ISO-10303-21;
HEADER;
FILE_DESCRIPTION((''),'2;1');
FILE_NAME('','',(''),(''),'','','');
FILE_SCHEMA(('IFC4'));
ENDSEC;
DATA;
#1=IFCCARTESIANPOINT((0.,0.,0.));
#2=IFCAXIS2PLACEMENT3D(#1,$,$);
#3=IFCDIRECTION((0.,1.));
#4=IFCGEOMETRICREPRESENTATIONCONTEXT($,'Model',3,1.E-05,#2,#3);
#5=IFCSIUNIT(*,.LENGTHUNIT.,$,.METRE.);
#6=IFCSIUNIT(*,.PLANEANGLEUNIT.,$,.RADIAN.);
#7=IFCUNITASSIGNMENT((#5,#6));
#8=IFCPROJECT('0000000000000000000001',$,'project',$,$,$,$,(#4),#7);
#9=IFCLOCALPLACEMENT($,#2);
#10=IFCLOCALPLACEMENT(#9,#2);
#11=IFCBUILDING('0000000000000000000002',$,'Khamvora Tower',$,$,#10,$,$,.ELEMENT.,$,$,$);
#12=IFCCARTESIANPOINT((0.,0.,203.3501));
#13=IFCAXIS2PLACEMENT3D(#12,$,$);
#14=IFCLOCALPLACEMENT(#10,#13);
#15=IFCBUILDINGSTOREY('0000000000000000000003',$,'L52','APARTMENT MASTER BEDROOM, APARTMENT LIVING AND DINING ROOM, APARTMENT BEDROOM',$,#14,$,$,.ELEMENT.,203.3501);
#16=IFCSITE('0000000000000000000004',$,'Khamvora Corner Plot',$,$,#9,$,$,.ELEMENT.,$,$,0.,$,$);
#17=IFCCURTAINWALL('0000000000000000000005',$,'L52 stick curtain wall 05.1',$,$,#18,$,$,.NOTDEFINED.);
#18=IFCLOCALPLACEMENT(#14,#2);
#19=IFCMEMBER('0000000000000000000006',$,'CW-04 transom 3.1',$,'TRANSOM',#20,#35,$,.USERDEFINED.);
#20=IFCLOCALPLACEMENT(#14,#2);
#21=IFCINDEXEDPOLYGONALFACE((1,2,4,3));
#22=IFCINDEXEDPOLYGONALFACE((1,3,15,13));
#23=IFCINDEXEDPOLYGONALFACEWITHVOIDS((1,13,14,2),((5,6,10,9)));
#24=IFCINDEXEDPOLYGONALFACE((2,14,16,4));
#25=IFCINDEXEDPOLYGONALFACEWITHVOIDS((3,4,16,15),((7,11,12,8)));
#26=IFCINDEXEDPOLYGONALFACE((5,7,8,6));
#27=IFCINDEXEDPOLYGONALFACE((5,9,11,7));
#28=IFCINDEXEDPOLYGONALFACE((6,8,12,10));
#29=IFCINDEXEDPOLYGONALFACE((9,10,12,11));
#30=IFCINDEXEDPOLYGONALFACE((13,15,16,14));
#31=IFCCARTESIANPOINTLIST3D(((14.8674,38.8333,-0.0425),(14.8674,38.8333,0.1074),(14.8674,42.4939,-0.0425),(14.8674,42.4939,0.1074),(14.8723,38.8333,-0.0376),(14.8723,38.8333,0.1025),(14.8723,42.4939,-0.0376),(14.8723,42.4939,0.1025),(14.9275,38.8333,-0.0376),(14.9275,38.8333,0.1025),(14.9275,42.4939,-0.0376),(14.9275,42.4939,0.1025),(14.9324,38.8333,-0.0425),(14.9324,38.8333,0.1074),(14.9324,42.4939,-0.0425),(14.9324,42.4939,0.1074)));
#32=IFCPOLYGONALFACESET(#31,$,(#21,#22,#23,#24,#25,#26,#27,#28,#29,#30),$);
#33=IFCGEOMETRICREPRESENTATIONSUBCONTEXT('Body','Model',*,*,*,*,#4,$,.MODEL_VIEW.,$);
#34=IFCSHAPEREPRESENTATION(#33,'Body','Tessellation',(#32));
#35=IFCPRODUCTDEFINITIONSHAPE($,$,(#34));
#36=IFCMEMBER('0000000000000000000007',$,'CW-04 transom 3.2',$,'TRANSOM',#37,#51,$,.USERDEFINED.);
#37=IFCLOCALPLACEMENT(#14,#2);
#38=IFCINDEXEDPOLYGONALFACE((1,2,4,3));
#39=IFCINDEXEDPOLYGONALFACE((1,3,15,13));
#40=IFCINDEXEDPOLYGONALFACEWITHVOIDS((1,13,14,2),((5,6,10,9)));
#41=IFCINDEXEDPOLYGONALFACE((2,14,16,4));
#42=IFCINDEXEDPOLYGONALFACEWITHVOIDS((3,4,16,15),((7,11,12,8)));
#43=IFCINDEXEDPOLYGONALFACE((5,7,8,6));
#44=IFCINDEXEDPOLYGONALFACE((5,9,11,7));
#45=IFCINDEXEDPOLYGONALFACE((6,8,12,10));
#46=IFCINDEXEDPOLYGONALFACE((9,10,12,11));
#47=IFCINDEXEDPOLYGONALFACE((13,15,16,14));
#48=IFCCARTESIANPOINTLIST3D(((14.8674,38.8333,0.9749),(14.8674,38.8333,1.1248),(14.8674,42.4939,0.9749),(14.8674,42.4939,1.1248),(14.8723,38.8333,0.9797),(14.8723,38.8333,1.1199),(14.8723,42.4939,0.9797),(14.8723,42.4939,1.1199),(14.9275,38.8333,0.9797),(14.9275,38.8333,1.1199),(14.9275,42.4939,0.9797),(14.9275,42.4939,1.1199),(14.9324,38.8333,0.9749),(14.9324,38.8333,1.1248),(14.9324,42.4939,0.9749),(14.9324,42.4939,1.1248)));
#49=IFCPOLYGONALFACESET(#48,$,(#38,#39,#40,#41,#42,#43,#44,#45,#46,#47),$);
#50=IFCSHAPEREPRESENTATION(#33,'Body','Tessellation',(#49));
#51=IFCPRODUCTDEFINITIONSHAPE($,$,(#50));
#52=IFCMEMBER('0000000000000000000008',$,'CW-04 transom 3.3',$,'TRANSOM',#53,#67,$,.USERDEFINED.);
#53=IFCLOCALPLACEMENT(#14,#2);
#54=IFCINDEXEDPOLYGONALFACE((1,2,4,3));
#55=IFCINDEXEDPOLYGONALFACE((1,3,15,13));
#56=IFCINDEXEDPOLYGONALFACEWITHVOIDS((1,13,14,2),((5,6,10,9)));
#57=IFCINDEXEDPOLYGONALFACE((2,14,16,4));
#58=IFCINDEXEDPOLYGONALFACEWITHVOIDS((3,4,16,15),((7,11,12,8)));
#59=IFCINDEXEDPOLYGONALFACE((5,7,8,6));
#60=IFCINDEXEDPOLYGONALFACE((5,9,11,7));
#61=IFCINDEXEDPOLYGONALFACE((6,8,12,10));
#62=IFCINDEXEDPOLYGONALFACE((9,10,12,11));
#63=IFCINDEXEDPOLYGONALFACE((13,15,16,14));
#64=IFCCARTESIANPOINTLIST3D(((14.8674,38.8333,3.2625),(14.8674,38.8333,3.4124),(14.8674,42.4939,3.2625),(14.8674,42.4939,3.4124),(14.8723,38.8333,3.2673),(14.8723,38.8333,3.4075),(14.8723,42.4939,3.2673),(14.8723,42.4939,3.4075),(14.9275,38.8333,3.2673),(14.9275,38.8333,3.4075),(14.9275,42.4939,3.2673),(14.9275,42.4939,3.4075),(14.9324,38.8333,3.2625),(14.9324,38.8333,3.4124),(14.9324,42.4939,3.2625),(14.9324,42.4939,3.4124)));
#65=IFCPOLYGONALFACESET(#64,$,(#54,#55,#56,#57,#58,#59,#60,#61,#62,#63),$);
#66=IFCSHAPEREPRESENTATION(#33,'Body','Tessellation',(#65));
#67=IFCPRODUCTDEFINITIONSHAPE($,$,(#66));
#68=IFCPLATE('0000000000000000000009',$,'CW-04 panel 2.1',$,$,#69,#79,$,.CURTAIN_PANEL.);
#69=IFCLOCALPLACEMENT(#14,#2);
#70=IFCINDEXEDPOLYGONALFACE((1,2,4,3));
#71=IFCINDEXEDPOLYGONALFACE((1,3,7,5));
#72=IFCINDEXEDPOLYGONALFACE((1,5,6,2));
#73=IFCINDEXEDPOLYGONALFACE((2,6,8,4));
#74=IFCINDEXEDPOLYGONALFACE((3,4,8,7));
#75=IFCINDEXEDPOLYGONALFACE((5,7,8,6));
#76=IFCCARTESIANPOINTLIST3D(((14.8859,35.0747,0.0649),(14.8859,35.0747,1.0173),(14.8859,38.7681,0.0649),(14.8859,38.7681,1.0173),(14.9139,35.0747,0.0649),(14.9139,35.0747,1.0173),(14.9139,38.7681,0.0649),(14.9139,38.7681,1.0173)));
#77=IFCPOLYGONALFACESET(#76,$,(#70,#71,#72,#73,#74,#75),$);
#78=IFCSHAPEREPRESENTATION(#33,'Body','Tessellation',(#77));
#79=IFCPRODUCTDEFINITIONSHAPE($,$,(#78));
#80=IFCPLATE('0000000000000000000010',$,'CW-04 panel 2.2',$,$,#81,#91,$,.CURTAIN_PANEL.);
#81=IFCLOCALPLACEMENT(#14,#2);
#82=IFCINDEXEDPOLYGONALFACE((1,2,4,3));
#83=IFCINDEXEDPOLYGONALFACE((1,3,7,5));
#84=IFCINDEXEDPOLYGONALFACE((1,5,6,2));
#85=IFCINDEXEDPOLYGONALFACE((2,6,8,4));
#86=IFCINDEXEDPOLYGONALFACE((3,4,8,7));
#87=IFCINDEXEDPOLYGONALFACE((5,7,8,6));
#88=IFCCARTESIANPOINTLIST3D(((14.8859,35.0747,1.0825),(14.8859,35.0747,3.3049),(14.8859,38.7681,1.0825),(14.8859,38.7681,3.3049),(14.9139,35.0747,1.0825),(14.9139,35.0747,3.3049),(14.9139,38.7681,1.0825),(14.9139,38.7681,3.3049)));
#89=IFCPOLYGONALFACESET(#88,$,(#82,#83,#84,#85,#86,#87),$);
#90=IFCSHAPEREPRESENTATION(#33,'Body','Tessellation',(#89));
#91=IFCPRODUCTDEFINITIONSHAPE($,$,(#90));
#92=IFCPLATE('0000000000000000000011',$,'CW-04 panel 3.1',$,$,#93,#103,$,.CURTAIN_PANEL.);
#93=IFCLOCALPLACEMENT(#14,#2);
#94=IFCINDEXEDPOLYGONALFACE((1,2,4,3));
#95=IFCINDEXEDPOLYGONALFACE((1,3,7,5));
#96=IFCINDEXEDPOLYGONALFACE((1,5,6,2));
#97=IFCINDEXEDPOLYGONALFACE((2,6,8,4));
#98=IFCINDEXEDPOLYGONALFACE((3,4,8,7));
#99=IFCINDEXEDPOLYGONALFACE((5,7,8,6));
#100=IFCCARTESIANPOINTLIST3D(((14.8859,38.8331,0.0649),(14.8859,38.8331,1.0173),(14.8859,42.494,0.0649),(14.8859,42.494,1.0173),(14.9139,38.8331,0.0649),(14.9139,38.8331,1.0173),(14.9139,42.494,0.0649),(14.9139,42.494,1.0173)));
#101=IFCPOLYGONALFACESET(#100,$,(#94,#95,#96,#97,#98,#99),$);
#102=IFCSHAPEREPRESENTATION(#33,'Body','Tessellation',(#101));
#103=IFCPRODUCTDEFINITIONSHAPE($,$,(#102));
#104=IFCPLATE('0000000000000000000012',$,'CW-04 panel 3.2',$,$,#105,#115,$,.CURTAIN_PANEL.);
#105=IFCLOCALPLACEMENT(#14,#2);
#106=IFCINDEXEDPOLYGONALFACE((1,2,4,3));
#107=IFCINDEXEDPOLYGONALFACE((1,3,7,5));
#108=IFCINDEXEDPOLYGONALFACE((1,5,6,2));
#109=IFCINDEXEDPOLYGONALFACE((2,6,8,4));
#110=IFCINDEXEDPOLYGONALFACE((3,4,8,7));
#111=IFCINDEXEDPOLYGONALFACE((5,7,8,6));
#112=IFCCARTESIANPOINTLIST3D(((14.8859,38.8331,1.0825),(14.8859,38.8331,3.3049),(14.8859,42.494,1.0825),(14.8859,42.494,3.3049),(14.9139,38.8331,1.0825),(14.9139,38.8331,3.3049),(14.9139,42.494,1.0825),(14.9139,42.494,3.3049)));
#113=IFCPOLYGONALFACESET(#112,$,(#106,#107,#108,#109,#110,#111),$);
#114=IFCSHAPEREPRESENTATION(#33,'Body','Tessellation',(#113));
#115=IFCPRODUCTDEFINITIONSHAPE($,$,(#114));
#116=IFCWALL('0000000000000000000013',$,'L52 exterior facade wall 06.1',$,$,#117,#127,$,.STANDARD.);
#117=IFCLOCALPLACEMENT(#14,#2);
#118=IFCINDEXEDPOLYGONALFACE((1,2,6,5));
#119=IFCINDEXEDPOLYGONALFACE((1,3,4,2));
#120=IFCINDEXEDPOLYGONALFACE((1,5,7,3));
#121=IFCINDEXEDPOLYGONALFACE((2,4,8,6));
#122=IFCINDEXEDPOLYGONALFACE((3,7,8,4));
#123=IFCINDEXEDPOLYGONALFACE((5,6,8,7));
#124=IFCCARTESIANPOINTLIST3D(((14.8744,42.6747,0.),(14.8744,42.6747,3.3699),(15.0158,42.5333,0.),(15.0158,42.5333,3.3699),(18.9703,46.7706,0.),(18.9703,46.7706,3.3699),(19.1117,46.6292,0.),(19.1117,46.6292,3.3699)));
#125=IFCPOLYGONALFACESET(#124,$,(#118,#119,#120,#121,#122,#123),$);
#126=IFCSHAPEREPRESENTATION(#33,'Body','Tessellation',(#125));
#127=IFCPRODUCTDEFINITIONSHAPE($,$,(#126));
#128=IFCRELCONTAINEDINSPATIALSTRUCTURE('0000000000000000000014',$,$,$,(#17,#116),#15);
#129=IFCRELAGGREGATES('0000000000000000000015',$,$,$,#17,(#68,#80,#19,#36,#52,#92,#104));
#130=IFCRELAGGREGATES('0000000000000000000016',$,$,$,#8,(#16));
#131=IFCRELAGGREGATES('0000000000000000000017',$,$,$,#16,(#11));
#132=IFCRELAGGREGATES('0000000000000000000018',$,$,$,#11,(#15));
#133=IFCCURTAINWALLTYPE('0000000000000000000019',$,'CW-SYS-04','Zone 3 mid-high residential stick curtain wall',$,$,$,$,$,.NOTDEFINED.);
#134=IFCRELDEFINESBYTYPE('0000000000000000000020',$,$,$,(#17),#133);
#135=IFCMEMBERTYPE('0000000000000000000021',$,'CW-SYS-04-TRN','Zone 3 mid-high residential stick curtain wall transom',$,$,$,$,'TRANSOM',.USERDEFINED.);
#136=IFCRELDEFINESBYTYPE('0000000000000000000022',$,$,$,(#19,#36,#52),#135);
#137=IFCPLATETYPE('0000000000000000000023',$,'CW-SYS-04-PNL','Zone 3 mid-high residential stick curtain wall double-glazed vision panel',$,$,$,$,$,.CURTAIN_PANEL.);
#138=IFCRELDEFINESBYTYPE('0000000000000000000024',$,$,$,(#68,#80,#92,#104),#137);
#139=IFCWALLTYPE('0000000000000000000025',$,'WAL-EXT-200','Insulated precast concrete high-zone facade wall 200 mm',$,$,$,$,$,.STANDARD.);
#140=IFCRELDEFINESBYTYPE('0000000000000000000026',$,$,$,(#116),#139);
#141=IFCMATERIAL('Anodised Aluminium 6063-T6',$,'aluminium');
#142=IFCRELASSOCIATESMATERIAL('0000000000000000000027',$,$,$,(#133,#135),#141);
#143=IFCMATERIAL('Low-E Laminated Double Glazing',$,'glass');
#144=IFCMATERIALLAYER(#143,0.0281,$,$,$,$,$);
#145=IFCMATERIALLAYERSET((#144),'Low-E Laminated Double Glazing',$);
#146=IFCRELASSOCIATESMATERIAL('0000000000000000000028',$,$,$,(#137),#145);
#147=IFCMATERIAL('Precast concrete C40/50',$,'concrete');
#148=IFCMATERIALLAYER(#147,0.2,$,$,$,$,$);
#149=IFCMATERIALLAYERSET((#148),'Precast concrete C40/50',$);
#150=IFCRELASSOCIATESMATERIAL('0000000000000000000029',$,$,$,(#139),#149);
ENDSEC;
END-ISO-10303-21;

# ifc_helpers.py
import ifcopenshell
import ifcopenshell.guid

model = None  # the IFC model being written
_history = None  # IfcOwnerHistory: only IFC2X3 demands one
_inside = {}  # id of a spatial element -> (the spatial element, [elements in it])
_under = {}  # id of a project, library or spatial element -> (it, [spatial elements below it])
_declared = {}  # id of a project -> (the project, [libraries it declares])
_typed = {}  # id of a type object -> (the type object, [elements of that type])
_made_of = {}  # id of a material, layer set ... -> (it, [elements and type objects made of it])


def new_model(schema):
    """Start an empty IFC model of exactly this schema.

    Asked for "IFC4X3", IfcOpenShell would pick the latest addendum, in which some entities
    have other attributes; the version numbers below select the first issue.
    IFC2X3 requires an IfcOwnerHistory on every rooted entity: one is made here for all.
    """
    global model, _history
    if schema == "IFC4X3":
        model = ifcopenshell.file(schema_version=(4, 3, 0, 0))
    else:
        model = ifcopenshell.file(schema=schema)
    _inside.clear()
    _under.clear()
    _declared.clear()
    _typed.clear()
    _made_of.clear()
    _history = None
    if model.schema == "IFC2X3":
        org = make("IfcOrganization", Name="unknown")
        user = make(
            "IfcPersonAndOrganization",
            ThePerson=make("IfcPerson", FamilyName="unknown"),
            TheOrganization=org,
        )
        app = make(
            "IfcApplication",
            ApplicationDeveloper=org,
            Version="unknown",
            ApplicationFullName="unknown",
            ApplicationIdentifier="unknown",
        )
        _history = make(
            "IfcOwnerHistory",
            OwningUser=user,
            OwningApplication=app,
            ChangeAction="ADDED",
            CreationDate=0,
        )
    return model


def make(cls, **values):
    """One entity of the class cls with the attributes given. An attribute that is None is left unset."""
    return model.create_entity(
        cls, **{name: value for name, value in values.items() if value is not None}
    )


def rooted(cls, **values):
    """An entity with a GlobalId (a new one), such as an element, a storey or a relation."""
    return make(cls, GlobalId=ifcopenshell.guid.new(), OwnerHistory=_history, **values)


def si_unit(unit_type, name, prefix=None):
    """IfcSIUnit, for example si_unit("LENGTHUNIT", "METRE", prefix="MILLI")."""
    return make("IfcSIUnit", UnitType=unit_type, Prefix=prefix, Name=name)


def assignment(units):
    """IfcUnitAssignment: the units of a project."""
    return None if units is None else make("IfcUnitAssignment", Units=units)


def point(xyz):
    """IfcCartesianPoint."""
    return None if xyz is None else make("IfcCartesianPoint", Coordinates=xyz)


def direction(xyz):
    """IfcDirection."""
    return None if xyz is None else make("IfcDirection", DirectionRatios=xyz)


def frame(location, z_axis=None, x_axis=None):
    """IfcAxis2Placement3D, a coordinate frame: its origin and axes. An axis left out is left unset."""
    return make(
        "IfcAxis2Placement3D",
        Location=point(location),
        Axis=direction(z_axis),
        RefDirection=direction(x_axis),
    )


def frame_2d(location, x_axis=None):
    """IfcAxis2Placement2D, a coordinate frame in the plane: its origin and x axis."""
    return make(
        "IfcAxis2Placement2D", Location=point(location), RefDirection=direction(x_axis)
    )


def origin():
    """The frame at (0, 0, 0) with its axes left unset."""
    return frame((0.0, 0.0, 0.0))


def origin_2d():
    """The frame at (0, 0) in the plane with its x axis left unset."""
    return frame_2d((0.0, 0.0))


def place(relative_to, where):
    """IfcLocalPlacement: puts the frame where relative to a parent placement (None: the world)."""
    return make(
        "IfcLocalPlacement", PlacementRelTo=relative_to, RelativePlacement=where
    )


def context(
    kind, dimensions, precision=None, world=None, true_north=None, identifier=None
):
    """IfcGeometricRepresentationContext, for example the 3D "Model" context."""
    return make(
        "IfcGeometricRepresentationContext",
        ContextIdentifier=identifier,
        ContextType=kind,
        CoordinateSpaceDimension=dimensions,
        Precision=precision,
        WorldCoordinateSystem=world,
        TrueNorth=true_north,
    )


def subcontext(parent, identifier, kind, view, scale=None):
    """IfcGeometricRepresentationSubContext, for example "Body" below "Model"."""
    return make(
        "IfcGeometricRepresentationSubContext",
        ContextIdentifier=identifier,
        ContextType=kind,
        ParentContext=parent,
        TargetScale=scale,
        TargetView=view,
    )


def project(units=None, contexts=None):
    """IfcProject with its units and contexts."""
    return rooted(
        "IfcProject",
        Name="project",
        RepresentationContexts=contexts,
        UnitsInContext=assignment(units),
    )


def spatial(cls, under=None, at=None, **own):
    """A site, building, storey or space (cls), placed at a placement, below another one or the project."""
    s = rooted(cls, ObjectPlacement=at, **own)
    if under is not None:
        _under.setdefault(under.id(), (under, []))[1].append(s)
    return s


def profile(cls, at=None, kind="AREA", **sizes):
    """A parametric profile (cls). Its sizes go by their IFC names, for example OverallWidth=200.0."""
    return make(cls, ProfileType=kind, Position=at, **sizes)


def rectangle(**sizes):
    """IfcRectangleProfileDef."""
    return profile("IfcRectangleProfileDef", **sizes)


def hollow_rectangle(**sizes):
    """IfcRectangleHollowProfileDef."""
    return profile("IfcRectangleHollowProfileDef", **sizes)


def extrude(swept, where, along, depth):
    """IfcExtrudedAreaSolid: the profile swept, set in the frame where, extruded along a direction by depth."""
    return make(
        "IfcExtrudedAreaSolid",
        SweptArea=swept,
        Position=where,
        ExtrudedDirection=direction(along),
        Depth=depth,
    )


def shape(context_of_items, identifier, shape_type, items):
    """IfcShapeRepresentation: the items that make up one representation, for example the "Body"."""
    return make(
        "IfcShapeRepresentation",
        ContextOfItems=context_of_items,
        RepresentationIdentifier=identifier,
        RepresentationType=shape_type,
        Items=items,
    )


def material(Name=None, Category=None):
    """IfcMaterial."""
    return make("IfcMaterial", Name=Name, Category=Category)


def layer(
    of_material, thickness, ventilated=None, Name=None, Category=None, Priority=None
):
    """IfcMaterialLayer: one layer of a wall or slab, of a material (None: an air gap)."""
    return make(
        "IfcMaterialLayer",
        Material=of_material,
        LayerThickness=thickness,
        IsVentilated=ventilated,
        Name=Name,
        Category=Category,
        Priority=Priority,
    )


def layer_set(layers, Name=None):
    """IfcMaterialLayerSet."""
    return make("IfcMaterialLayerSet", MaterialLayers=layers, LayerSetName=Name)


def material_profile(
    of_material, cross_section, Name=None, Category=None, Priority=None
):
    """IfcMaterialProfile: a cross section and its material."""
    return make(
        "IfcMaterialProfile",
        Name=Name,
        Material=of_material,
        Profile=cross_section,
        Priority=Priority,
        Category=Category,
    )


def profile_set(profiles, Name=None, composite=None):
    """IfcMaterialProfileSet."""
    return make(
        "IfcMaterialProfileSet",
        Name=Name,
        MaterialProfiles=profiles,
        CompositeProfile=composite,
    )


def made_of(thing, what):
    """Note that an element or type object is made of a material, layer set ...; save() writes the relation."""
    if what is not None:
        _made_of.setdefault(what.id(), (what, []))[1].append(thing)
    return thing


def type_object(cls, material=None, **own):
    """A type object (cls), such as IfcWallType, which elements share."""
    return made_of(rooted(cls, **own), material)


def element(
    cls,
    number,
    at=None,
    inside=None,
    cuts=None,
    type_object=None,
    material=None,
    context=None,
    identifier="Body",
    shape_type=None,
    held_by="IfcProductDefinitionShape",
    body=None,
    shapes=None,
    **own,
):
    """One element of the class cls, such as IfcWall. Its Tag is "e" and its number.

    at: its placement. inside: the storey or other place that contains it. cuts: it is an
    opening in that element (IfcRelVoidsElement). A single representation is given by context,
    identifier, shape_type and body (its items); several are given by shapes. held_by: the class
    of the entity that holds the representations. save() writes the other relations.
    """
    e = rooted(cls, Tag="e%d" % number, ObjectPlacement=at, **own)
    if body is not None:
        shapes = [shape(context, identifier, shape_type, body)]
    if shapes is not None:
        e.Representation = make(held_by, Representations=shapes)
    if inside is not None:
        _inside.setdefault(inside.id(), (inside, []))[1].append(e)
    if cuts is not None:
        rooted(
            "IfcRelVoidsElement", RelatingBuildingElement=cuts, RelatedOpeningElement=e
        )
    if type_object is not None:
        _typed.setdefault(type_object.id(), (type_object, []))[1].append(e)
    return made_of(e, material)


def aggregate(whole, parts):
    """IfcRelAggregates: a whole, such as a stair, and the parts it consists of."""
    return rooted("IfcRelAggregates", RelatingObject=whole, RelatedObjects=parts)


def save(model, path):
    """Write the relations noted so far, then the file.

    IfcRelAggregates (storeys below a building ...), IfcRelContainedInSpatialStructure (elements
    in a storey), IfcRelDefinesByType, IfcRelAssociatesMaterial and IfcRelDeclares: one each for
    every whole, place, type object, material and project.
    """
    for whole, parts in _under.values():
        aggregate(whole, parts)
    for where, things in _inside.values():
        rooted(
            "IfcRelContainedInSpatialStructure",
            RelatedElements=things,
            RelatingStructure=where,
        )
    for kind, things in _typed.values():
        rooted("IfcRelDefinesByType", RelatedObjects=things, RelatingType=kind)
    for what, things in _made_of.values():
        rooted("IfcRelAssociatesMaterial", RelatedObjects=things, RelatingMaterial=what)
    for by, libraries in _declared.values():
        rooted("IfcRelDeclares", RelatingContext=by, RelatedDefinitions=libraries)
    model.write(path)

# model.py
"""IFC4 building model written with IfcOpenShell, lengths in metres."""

from ifc_helpers import new_model, si_unit, direction, frame, frame_2d, origin, origin_2d, place, context, subcontext, project, spatial, rectangle, hollow_rectangle, extrude, material, layer, layer_set, material_profile, profile_set, type_object, element, aggregate, save


model = new_model("IFC4")

# Units and contexts
model_context = context("Model", 3, precision=1e-05, world=origin(), true_north=direction((0.0, 1.0)))
body_context = subcontext(model_context, "Body", "Model", "MODEL_VIEW")
ifc_project = project(units=[si_unit("LENGTHUNIT", "METRE"), si_unit("PLANEANGLEUNIT", "RADIAN")], contexts=[model_context])

# Site, building, storey
site_placement = place(None, origin())
site = spatial("IfcSite", under=ifc_project, at=site_placement, Name="Khamvora Corner Plot", CompositionType="ELEMENT", RefElevation=0.0)
building_placement = place(site_placement, origin())
building = spatial("IfcBuilding", under=site, at=building_placement, Name="Khamvora Tower", CompositionType="ELEMENT")
storey_placement = place(building_placement, frame((0.0, 0.0, 203.3501)))
storey = spatial("IfcBuildingStorey", under=building, at=storey_placement, Name="L52", Description="APARTMENT MASTER BEDROOM, APARTMENT LIVING AND DINING ROOM, APARTMENT BEDROOM", CompositionType="ELEMENT", Elevation=203.3501)

# Curtain wall, members, plates
ifc_material_1 = material(Name="Anodised Aluminium 6063-T6", Category="aluminium")
curtain_wall_type = type_object("IfcCurtainWallType", Name="CW-SYS-04", Description="Zone 3 mid-high residential stick curtain wall", PredefinedType="NOTDEFINED", material=ifc_material_1)
curtain_wall_placement = place(storey_placement, origin())
curtain_wall = element("IfcCurtainWall", 1, at=curtain_wall_placement, inside=storey, type_object=curtain_wall_type, Name="L52 stick curtain wall 05.1", PredefinedType="NOTDEFINED")
ifc_material_profile_1 = material_profile(ifc_material_1, hollow_rectangle(XDim=0.0649, YDim=0.1499, WallThickness=0.0049, at=origin_2d()), Name="TRN65x150x5")
ifc_profile_set_1 = profile_set([ifc_material_profile_1], Name="Anodised Aluminium 6063-T6")
member_type_1 = type_object("IfcMemberType", Name="CW-SYS-04-TRN", Description="Zone 3 mid-high residential stick curtain wall transom", ElementType="TRANSOM", PredefinedType="USERDEFINED", material=ifc_profile_set_1)
member_1_placement = place(storey_placement, frame((14.8999, 38.8333, 0.0325), z_axis=(0.0, 1.0, 0.0), x_axis=(-1.0, 0.0, 0.0)))
member_1 = element("IfcMember", 2, at=member_1_placement, type_object=member_type_1, Name="CW-04 transom 3.1", ObjectType="TRANSOM", PredefinedType="USERDEFINED", context=body_context, shape_type="SweptSolid", body=[
    extrude(hollow_rectangle(XDim=0.0649, YDim=0.1499, WallThickness=0.0049, at=origin_2d()), origin(), (0.0, 0.0, 1.0), 3.6606),
])
member_2_placement = place(storey_placement, frame((14.8999, 38.8333, 1.0498), z_axis=(0.0, 1.0, 0.0), x_axis=(-1.0, 0.0, 0.0)))
member_2 = element("IfcMember", 3, at=member_2_placement, type_object=member_type_1, Name="CW-04 transom 3.2", ObjectType="TRANSOM", PredefinedType="USERDEFINED", context=body_context, shape_type="SweptSolid", body=[
    extrude(hollow_rectangle(XDim=0.0649, YDim=0.1499, WallThickness=0.0049, at=origin_2d()), origin(), (0.0, 0.0, 1.0), 3.6606),
])
member_3_placement = place(storey_placement, frame((14.8999, 38.8333, 3.3374), z_axis=(0.0, 1.0, 0.0), x_axis=(-1.0, 0.0, 0.0)))
member_3 = element("IfcMember", 4, at=member_3_placement, type_object=member_type_1, Name="CW-04 transom 3.3", ObjectType="TRANSOM", PredefinedType="USERDEFINED", context=body_context, shape_type="SweptSolid", body=[
    extrude(hollow_rectangle(XDim=0.0649, YDim=0.1499, WallThickness=0.0049, at=origin_2d()), origin(), (0.0, 0.0, 1.0), 3.6606),
])
ifc_material_2 = material(Name="Low-E Laminated Double Glazing", Category="glass")
ifc_layer_1 = layer(ifc_material_2, 0.0281)
ifc_layer_set_1 = layer_set([ifc_layer_1], Name="Low-E Laminated Double Glazing")
plate_type = type_object("IfcPlateType", Name="CW-SYS-04-PNL", Description="Zone 3 mid-high residential stick curtain wall double-glazed vision panel", PredefinedType="CURTAIN_PANEL", material=ifc_layer_set_1)
plate_1_placement = place(storey_placement, frame((14.8999, 36.9214, 0.0649), z_axis=(0.0, 0.0, 1.0), x_axis=(0.0, 1.0, 0.0)))
plate_1 = element("IfcPlate", 5, at=plate_1_placement, type_object=plate_type, Name="CW-04 panel 2.1", PredefinedType="CURTAIN_PANEL", context=body_context, shape_type="SweptSolid", body=[
    extrude(rectangle(XDim=3.6934, YDim=0.0281, at=origin_2d()), origin(), (0.0, 0.0, 1.0), 0.9524),
])
plate_2_placement = place(storey_placement, frame((14.8999, 36.9214, 1.0825), z_axis=(0.0, 0.0, 1.0), x_axis=(0.0, 1.0, 0.0)))
plate_2 = element("IfcPlate", 6, at=plate_2_placement, type_object=plate_type, Name="CW-04 panel 2.2", PredefinedType="CURTAIN_PANEL", context=body_context, shape_type="SweptSolid", body=[
    extrude(rectangle(XDim=3.6934, YDim=0.0281, at=origin_2d()), origin(), (0.0, 0.0, 1.0), 2.2224),
])
plate_3_placement = place(storey_placement, frame((14.8999, 40.6636, 0.0649), z_axis=(0.0, 0.0, 1.0), x_axis=(0.0, 1.0, 0.0)))
plate_3 = element("IfcPlate", 7, at=plate_3_placement, type_object=plate_type, Name="CW-04 panel 3.1", PredefinedType="CURTAIN_PANEL", context=body_context, shape_type="SweptSolid", body=[
    extrude(rectangle(XDim=3.6609, YDim=0.0281, at=origin_2d()), origin(), (0.0, 0.0, 1.0), 0.9524),
])
plate_4_placement = place(storey_placement, frame((14.8999, 40.6636, 1.0825), z_axis=(0.0, 0.0, 1.0), x_axis=(0.0, 1.0, 0.0)))
plate_4 = element("IfcPlate", 8, at=plate_4_placement, type_object=plate_type, Name="CW-04 panel 3.2", PredefinedType="CURTAIN_PANEL", context=body_context, shape_type="SweptSolid", body=[
    extrude(rectangle(XDim=3.6609, YDim=0.0281, at=origin_2d()), origin(), (0.0, 0.0, 1.0), 2.2224),
])
aggregate(curtain_wall, [plate_1, plate_2, member_1, member_2, member_3, plate_3, plate_4])

# Wall
ifc_material_3 = material(Name="Precast concrete C40/50", Category="concrete")
ifc_layer_2 = layer(ifc_material_3, 0.2)
ifc_layer_set_2 = layer_set([ifc_layer_2], Name="Precast concrete C40/50")
wall_type_1 = type_object("IfcWallType", Name="WAL-EXT-200", Description="Insulated precast concrete high-zone facade wall 200 mm", PredefinedType="STANDARD", material=ifc_layer_set_2)
wall_1_placement = place(storey_placement, frame((14.9451, 42.604, 0.0), z_axis=(0.0, 0.0, 1.0), x_axis=(0.707107, 0.707107, 0.0)))
element("IfcWall", 9, at=wall_1_placement, inside=storey, type_object=wall_type_1, Name="L52 exterior facade wall 06.1", PredefinedType="STANDARD", context=body_context, shape_type="SweptSolid", body=[
    extrude(rectangle(XDim=5.7925, YDim=0.2, at=frame_2d((2.8962, 0.0))), origin(), (0.0, 0.0, 1.0), 3.3699),
])

save(model, "model.ifc")
